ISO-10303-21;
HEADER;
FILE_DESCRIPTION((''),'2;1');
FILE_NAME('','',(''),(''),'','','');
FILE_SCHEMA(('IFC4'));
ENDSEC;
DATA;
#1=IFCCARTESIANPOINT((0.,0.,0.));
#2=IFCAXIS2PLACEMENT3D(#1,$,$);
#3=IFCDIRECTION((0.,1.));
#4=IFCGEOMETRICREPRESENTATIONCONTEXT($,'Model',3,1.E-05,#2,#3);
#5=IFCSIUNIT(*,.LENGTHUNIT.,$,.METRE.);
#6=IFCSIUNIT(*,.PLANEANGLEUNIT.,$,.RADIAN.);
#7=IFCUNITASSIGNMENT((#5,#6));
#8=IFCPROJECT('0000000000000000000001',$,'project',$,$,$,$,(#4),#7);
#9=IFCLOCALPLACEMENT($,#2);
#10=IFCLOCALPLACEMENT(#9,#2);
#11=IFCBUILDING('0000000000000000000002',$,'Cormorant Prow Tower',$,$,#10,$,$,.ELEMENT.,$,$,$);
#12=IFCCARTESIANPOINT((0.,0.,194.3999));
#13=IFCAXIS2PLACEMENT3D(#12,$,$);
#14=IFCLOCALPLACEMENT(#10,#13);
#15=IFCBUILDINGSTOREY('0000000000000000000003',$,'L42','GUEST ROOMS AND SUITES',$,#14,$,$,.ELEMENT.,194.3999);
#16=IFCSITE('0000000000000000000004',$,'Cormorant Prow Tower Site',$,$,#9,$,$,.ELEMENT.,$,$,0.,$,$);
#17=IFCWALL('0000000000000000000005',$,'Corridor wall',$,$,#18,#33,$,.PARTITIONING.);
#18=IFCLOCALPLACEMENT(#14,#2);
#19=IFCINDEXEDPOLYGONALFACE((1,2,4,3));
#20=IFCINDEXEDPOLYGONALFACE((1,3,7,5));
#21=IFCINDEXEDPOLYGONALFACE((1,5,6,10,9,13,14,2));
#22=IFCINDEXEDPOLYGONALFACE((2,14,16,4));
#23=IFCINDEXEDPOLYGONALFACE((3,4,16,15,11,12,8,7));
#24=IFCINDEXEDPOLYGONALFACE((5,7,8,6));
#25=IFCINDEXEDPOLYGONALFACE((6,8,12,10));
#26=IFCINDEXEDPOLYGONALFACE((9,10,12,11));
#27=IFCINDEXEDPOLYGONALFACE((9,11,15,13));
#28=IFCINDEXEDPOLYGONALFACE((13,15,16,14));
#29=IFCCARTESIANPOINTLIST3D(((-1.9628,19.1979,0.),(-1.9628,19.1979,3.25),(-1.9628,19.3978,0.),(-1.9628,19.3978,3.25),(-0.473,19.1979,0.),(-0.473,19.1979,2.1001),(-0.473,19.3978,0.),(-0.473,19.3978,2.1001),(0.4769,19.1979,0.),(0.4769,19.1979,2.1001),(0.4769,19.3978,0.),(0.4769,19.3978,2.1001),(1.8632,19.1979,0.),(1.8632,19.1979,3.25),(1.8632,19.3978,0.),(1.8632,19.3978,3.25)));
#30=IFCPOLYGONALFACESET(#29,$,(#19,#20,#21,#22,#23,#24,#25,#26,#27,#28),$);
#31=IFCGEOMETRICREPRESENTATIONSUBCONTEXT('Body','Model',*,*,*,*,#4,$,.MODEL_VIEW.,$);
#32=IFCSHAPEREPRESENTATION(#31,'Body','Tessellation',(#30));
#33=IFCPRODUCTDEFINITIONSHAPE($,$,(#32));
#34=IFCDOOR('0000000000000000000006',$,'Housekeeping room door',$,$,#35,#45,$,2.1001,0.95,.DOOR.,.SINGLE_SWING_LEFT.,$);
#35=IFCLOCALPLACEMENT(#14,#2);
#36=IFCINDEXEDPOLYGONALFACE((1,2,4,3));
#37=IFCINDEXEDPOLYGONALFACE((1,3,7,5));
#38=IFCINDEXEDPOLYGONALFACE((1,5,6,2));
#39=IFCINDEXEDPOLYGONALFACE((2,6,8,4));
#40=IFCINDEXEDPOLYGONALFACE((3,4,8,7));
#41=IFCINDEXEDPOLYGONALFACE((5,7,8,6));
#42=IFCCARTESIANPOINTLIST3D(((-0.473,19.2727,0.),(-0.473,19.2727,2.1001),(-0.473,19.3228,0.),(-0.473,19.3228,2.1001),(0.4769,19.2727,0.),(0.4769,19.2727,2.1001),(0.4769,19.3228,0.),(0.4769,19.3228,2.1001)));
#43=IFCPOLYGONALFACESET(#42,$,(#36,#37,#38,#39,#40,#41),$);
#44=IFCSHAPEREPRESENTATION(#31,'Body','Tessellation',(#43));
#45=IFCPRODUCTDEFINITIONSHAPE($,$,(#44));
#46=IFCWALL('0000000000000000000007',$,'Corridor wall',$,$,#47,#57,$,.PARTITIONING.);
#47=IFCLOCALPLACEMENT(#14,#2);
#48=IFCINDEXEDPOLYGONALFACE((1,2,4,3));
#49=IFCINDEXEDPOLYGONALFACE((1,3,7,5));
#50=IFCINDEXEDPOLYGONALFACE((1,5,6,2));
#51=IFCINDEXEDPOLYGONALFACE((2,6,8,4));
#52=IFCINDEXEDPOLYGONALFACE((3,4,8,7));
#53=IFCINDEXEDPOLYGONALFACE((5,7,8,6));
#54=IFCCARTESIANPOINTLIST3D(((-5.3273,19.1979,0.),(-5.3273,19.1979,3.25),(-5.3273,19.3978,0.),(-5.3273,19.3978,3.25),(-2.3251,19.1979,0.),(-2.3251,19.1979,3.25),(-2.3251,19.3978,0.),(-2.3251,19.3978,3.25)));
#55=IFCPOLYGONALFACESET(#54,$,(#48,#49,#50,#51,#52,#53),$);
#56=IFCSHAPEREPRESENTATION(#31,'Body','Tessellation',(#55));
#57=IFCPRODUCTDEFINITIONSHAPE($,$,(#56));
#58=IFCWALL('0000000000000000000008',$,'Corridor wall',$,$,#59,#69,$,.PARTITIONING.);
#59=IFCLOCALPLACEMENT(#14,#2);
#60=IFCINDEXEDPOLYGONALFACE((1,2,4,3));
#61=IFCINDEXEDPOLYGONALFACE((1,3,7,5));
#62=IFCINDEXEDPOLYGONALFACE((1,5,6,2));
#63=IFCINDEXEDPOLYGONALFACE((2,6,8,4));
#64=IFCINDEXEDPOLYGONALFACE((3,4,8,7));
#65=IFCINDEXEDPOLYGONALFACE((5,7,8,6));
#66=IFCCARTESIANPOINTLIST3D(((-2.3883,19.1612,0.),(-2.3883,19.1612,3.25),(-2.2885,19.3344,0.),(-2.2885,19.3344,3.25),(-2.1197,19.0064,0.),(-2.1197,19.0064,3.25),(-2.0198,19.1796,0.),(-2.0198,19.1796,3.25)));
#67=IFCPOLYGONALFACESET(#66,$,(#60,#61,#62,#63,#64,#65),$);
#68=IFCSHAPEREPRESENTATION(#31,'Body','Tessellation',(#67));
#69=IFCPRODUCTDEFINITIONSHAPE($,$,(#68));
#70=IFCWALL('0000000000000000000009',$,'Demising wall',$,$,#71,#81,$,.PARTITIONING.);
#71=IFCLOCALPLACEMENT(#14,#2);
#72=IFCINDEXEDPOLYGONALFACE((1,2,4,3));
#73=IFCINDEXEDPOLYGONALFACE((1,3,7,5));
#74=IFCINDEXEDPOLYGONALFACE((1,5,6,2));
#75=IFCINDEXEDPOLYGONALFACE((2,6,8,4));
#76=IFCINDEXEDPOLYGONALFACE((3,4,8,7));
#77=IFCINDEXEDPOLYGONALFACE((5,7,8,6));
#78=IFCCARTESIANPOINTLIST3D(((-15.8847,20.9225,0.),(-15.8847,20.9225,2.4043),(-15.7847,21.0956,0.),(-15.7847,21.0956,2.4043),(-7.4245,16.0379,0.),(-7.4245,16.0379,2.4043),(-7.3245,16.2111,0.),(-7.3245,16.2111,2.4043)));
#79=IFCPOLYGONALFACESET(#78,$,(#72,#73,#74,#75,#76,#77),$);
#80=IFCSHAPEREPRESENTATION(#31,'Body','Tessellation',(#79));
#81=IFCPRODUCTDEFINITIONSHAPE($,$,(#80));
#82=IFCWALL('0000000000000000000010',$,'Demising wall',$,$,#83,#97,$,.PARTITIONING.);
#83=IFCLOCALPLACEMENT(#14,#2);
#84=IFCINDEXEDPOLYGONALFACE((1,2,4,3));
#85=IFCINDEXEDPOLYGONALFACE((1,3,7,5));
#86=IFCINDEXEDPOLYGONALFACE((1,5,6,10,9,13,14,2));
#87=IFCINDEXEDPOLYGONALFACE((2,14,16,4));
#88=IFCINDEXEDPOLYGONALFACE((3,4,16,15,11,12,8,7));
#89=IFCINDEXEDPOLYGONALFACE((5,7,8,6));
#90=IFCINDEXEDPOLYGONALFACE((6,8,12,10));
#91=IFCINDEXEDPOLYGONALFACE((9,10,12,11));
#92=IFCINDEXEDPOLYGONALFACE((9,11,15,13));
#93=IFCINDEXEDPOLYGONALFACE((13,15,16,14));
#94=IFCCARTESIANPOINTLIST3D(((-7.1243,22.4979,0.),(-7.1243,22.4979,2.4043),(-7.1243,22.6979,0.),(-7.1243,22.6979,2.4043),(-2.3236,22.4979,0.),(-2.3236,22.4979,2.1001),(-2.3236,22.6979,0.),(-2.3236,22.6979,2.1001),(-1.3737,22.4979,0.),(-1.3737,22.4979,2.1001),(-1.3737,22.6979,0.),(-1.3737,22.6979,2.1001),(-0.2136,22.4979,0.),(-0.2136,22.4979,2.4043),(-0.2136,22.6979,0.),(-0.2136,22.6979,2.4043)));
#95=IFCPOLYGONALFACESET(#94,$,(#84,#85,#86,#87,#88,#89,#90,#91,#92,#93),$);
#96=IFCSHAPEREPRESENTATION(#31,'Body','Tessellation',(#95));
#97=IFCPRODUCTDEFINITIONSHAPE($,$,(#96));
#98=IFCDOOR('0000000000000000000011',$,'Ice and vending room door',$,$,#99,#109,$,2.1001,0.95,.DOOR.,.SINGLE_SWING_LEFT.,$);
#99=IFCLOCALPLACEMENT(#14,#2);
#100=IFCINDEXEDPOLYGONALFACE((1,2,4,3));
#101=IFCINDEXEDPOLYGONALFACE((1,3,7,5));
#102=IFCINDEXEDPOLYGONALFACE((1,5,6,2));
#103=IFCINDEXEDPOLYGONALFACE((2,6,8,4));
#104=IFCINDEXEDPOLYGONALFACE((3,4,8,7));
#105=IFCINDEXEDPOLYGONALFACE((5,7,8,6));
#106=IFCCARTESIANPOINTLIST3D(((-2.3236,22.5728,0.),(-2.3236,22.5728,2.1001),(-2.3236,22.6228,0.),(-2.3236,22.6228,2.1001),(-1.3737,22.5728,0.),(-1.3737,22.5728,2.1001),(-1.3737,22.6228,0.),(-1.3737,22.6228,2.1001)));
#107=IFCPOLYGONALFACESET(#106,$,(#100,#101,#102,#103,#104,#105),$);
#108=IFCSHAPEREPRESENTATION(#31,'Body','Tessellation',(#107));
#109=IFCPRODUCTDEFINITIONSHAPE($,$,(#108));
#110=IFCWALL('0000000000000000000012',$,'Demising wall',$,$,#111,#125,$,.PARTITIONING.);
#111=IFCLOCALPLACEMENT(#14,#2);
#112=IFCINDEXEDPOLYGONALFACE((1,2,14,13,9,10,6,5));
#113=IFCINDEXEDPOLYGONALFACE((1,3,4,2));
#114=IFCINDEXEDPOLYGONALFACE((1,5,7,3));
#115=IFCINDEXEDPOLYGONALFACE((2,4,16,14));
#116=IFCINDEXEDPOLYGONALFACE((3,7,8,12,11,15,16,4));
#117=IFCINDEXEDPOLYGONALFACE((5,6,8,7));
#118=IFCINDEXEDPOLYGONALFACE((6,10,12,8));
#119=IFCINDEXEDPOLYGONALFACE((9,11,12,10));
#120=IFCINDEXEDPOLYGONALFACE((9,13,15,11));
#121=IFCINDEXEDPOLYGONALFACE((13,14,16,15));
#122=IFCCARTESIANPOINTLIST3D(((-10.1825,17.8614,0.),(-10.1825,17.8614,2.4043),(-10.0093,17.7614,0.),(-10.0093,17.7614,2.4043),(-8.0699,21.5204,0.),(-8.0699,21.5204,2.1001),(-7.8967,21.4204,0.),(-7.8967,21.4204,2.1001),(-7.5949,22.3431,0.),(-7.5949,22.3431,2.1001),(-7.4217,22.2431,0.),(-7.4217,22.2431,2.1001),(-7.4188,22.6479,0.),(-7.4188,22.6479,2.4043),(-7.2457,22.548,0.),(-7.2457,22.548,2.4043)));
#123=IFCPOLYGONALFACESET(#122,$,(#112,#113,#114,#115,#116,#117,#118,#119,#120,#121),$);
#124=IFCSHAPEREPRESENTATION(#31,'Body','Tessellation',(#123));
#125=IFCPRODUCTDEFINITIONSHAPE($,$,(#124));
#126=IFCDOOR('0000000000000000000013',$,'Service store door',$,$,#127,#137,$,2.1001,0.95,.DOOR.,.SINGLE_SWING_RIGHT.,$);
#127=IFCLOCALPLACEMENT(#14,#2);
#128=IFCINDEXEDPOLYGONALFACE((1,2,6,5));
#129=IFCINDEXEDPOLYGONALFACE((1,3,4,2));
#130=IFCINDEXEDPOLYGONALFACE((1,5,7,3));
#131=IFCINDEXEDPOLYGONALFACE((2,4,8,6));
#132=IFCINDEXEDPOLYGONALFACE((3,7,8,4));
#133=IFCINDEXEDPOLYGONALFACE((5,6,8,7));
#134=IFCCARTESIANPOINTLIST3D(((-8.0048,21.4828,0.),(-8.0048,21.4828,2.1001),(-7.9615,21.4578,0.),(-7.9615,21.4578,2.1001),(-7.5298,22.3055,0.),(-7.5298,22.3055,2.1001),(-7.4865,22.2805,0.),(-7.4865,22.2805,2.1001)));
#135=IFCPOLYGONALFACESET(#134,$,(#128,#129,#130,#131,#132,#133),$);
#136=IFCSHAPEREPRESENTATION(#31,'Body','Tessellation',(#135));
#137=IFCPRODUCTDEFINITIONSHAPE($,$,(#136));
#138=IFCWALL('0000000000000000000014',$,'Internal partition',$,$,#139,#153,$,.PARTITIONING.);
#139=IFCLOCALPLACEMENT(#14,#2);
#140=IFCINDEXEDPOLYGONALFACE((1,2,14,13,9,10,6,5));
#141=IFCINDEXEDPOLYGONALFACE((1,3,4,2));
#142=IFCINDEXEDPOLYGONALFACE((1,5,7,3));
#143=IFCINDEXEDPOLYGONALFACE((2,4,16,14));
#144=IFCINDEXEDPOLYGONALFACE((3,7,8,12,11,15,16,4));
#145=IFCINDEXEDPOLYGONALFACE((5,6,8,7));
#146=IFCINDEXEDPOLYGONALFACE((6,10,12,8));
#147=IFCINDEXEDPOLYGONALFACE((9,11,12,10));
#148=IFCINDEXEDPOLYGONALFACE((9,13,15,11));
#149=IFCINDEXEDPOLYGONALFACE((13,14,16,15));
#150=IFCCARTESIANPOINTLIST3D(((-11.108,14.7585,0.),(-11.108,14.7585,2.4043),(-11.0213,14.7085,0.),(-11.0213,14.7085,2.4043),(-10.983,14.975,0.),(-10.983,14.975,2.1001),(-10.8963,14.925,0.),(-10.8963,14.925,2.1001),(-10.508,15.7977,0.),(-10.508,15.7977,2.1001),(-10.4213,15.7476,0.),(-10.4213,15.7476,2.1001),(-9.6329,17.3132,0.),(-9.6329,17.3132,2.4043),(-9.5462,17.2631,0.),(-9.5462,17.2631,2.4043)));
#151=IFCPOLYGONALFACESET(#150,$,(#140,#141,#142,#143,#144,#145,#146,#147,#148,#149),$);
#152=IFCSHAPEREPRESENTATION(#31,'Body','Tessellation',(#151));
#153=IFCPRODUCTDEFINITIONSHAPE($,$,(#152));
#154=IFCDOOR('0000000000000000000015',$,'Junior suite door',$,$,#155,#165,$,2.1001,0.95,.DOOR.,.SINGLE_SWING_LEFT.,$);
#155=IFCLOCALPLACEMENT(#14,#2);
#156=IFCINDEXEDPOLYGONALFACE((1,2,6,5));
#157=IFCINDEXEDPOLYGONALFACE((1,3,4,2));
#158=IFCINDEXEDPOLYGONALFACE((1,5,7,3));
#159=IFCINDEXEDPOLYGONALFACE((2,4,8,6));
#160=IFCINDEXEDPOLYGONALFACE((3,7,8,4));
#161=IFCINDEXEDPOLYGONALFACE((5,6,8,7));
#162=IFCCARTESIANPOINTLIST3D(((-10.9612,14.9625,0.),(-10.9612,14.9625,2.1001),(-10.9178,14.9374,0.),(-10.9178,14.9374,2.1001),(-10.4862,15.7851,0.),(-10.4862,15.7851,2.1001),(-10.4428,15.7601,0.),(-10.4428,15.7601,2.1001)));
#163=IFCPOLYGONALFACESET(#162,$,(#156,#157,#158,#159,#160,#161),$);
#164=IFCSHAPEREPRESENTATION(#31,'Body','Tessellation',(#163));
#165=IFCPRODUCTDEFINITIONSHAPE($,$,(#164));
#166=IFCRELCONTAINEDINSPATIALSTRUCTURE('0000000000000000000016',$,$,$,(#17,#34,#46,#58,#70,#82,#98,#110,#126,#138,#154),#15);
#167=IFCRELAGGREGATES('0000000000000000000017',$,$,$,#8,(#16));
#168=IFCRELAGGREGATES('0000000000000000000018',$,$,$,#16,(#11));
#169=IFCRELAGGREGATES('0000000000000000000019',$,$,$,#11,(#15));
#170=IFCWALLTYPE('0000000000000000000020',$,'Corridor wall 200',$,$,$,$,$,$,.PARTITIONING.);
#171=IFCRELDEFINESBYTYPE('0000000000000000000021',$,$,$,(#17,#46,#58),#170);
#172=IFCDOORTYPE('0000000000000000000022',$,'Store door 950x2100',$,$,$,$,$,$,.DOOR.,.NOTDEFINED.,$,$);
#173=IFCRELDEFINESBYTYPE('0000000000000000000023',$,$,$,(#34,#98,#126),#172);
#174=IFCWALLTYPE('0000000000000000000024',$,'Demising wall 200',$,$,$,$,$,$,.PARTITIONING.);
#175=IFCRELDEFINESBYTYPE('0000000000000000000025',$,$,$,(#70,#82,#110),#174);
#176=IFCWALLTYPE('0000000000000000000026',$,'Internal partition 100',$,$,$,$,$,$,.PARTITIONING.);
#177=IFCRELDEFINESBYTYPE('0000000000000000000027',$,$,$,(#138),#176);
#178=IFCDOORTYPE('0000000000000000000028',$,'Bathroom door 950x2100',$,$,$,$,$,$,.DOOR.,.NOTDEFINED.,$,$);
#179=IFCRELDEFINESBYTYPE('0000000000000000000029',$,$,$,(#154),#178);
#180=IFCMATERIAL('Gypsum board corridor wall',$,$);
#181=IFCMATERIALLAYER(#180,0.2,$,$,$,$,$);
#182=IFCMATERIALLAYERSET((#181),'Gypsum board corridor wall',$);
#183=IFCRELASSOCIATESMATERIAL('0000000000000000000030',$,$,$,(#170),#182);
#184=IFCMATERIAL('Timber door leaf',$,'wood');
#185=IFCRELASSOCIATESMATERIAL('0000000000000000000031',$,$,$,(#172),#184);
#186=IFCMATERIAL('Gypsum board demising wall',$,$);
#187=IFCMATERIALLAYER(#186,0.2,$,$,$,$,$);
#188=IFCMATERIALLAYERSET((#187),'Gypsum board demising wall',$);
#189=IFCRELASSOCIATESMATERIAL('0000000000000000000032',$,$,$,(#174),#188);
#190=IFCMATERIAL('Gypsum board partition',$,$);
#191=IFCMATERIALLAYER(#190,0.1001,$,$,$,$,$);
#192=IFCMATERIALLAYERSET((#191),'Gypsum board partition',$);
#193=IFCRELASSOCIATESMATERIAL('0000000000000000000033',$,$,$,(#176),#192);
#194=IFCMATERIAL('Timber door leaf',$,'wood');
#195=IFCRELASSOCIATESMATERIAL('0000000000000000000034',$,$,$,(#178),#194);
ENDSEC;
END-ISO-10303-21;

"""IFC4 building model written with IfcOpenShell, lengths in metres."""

from ifc_helpers import new_model, si_unit, direction, frame, frame_2d, origin, place, context, subcontext, project, spatial, rectangle, extrude, material, layer, layer_set, type_object, element, fill, save


model = new_model("IFC4")

# Units and contexts
model_context = context("Model", 3, precision=1e-05, world=origin(), true_north=direction((0.0, 1.0)))
body_context = subcontext(model_context, "Body", "Model", "MODEL_VIEW")
ifc_project = project(units=[si_unit("LENGTHUNIT", "METRE"), si_unit("PLANEANGLEUNIT", "RADIAN")], contexts=[model_context])

# Site, building, storey
site_placement = place(None, origin())
site = spatial("IfcSite", under=ifc_project, at=site_placement, Name="Cormorant Prow Tower Site", CompositionType="ELEMENT", RefElevation=0.0)
building_placement = place(site_placement, origin())
building = spatial("IfcBuilding", under=site, at=building_placement, Name="Cormorant Prow Tower", CompositionType="ELEMENT")
storey_placement = place(building_placement, frame((0.0, 0.0, 194.3999)))
storey = spatial("IfcBuildingStorey", under=building, at=storey_placement, Name="L42", Description="GUEST ROOMS AND SUITES", CompositionType="ELEMENT", Elevation=194.3999)

# Wall, opening, door
ifc_material_1 = material(Name="Gypsum board corridor wall")
ifc_layer_1 = layer(ifc_material_1, 0.2)
ifc_layer_set_1 = layer_set([ifc_layer_1], Name="Gypsum board corridor wall")
wall_type_1 = type_object("IfcWallType", Name="Corridor wall 200", PredefinedType="PARTITIONING", material=ifc_layer_set_1)
wall_1_placement = place(storey_placement, frame((-1.9629, 19.2979, 0.0), z_axis=(0.0, 0.0, 1.0), x_axis=(1.0, 0.0, 0.0)))
wall_1 = element("IfcWall", 1, at=wall_1_placement, inside=storey, type_object=wall_type_1, Name="Corridor wall", PredefinedType="PARTITIONING", context=body_context, shape_type="SweptSolid", body=[
    extrude(rectangle(XDim=3.8259, YDim=0.2, at=frame_2d((1.9131, 0.0))), origin(), (0.0, 0.0, 1.0), 3.25),
])
opening_1_placement = place(wall_1_placement, frame((1.4897, 0.0, 0.0)))
opening_1 = element("IfcOpeningElement", 2, at=opening_1_placement, cuts=wall_1, PredefinedType="OPENING", context=body_context, shape_type="SweptSolid", body=[
    extrude(rectangle(XDim=0.95, YDim=2.1001, at=frame_2d((0.4751, 1.05))), frame((0.0, 0.1099, 0.0), z_axis=(0.0, -1.0, 0.0), x_axis=(1.0, 0.0, 0.0)), (0.0, 0.0, 1.0), 0.22),
])
ifc_material_2 = material(Name="Timber door leaf", Category="wood")
door_type_1 = type_object("IfcDoorType", Name="Store door 950x2100", OperationType="NOTDEFINED", PredefinedType="DOOR", material=ifc_material_2)
door_1_placement = place(opening_1_placement, origin())
door_1 = element("IfcDoor", 3, at=door_1_placement, inside=storey, type_object=door_type_1, Name="Housekeeping room door", OperationType="SINGLE_SWING_LEFT", OverallHeight=2.1001, OverallWidth=0.95, PredefinedType="DOOR", context=body_context, shape_type="SweptSolid", body=[
    extrude(rectangle(XDim=0.95, YDim=2.1001, at=frame_2d((0.4751, 1.05))), frame((0.0, 0.0249, 0.0), z_axis=(0.0, -1.0, 0.0), x_axis=(1.0, 0.0, 0.0)), (0.0, 0.0, 1.0), 0.05),
])
fill(opening_1, door_1)

# Walls
wall_2_placement = place(storey_placement, frame((-5.3271, 19.2979, 0.0), z_axis=(0.0, 0.0, 1.0), x_axis=(1.0, 0.0, 0.0)))
element("IfcWall", 4, at=wall_2_placement, inside=storey, type_object=wall_type_1, Name="Corridor wall", PredefinedType="PARTITIONING", context=body_context, shape_type="SweptSolid", body=[
    extrude(rectangle(XDim=3.0022, YDim=0.2, at=frame_2d((1.501, 0.0))), origin(), (0.0, 0.0, 1.0), 3.25),
])
wall_3_placement = place(storey_placement, frame((-2.3384, 19.2478, 0.0), z_axis=(0.0, 0.0, 1.0), x_axis=(0.866395, -0.499359, 0.0)))
element("IfcWall", 5, at=wall_3_placement, inside=storey, type_object=wall_type_1, Name="Corridor wall", PredefinedType="PARTITIONING", context=body_context, shape_type="SweptSolid", body=[
    extrude(rectangle(XDim=0.3101, YDim=0.2, at=frame_2d((0.155, 0.0))), origin(), (0.0, 0.0, 1.0), 3.25),
])
ifc_material_3 = material(Name="Gypsum board demising wall")
ifc_layer_2 = layer(ifc_material_3, 0.2)
ifc_layer_set_2 = layer_set([ifc_layer_2], Name="Gypsum board demising wall")
wall_type_2 = type_object("IfcWallType", Name="Demising wall 200", PredefinedType="PARTITIONING", material=ifc_layer_set_2)
wall_4_placement = place(storey_placement, frame((-15.8347, 21.009, 0.0), z_axis=(0.0, 0.0, 1.0), x_axis=(0.866025, -0.500002, 0.0)))
element("IfcWall", 6, at=wall_4_placement, inside=storey, type_object=wall_type_2, Name="Demising wall", PredefinedType="PARTITIONING", context=body_context, shape_type="SweptSolid", body=[
    extrude(rectangle(XDim=9.769, YDim=0.2, at=frame_2d((4.8845, 0.0))), origin(), (0.0, 0.0, 1.0), 2.4043),
])

# Walls, openings, doors
wall_5_placement = place(storey_placement, frame((-7.1243, 22.5979, 0.0), z_axis=(0.0, 0.0, 1.0), x_axis=(1.0, 0.0, 0.0)))
wall_5 = element("IfcWall", 7, at=wall_5_placement, inside=storey, type_object=wall_type_2, Name="Demising wall", PredefinedType="PARTITIONING", context=body_context, shape_type="SweptSolid", body=[
    extrude(rectangle(XDim=6.9106, YDim=0.2, at=frame_2d((3.4553, 0.0))), origin(), (0.0, 0.0, 1.0), 2.4043),
])
opening_2_placement = place(wall_5_placement, frame((4.8005, 0.0, 0.0)))
opening_2 = element("IfcOpeningElement", 8, at=opening_2_placement, cuts=wall_5, PredefinedType="OPENING", context=body_context, shape_type="SweptSolid", body=[
    extrude(rectangle(XDim=0.95, YDim=2.1001, at=frame_2d((0.4751, 1.05))), frame((0.0, 0.1099, 0.0), z_axis=(0.0, -1.0, 0.0), x_axis=(1.0, 0.0, 0.0)), (0.0, 0.0, 1.0), 0.22),
])
door_2_placement = place(opening_2_placement, origin())
door_2 = element("IfcDoor", 9, at=door_2_placement, inside=storey, type_object=door_type_1, Name="Ice and vending room door", OperationType="SINGLE_SWING_LEFT", OverallHeight=2.1001, OverallWidth=0.95, PredefinedType="DOOR", context=body_context, shape_type="SweptSolid", body=[
    extrude(rectangle(XDim=0.95, YDim=2.1001, at=frame_2d((0.4751, 1.05))), frame((0.0, 0.0249, 0.0), z_axis=(0.0, -1.0, 0.0), x_axis=(1.0, 0.0, 0.0)), (0.0, 0.0, 1.0), 0.05),
])
fill(opening_2, door_2)
wall_6_placement = place(storey_placement, frame((-10.0959, 17.8113, 0.0), z_axis=(0.0, 0.0, 1.0), x_axis=(0.500016, 0.866016, 0.0)))
wall_6 = element("IfcWall", 10, at=wall_6_placement, inside=storey, type_object=wall_type_2, Name="Demising wall", PredefinedType="PARTITIONING", context=body_context, shape_type="SweptSolid", body=[
    extrude(rectangle(XDim=5.5271, YDim=0.2, at=frame_2d((2.7637, 0.0))), origin(), (0.0, 0.0, 1.0), 2.4043),
])
opening_3_placement = place(wall_6_placement, frame((4.2251, 0.0, 0.0)))
opening_3 = element("IfcOpeningElement", 11, at=opening_3_placement, cuts=wall_6, PredefinedType="OPENING", context=body_context, shape_type="SweptSolid", body=[
    extrude(rectangle(XDim=0.95, YDim=2.1001, at=frame_2d((0.4751, 1.05))), frame((0.0, 0.1099, 0.0), z_axis=(0.0, -1.0, 0.0), x_axis=(1.0, 0.0, 0.0)), (0.0, 0.0, 1.0), 0.22),
])
door_3_placement = place(opening_3_placement, origin())
door_3 = element("IfcDoor", 12, at=door_3_placement, inside=storey, type_object=door_type_1, Name="Service store door", OperationType="SINGLE_SWING_RIGHT", OverallHeight=2.1001, OverallWidth=0.95, PredefinedType="DOOR", context=body_context, shape_type="SweptSolid", body=[
    extrude(rectangle(XDim=0.95, YDim=2.1001, at=frame_2d((0.4751, 1.05))), frame((0.0, 0.0249, 0.0), z_axis=(0.0, -1.0, 0.0), x_axis=(1.0, 0.0, 0.0)), (0.0, 0.0, 1.0), 0.05),
])
fill(opening_3, door_3)
ifc_material_4 = material(Name="Gypsum board partition")
ifc_layer_3 = layer(ifc_material_4, 0.1001)
ifc_layer_set_3 = layer_set([ifc_layer_3], Name="Gypsum board partition")
wall_type_3 = type_object("IfcWallType", Name="Internal partition 100", PredefinedType="PARTITIONING", material=ifc_layer_set_3)
wall_7_placement = place(storey_placement, frame((-11.0647, 14.7334, 0.0), z_axis=(0.0, 0.0, 1.0), x_axis=(0.500038, 0.866004, 0.0)))
wall_7 = element("IfcWall", 13, at=wall_7_placement, inside=storey, type_object=wall_type_3, Name="Internal partition", PredefinedType="PARTITIONING", context=body_context, shape_type="SweptSolid", body=[
    extrude(rectangle(XDim=2.95, YDim=0.1001, at=frame_2d((1.4751, 0.0))), origin(), (0.0, 0.0, 1.0), 2.4043),
])
opening_4_placement = place(wall_7_placement, frame((0.25, 0.0, 0.0)))
opening_4 = element("IfcOpeningElement", 14, at=opening_4_placement, cuts=wall_7, PredefinedType="OPENING", context=body_context, shape_type="SweptSolid", body=[
    extrude(rectangle(XDim=0.95, YDim=2.1001, at=frame_2d((0.4751, 1.05))), frame((0.0, 0.0601, 0.0), z_axis=(0.0, -1.0, 0.0), x_axis=(1.0, 0.0, 0.0)), (0.0, 0.0, 1.0), 0.1201),
])
ifc_material_5 = material(Name="Timber door leaf", Category="wood")
door_type_2 = type_object("IfcDoorType", Name="Bathroom door 950x2100", OperationType="NOTDEFINED", PredefinedType="DOOR", material=ifc_material_5)
door_4_placement = place(opening_4_placement, origin())
door_4 = element("IfcDoor", 15, at=door_4_placement, inside=storey, type_object=door_type_2, Name="Junior suite door", OperationType="SINGLE_SWING_LEFT", OverallHeight=2.1001, OverallWidth=0.95, PredefinedType="DOOR", context=body_context, shape_type="SweptSolid", body=[
    extrude(rectangle(XDim=0.95, YDim=2.1001, at=frame_2d((0.4751, 1.05))), frame((0.0, 0.0249, 0.0), z_axis=(0.0, -1.0, 0.0), x_axis=(1.0, 0.0, 0.0)), (0.0, 0.0, 1.0), 0.05),
])
fill(opening_4, door_4)

save(model, "model.ifc")
